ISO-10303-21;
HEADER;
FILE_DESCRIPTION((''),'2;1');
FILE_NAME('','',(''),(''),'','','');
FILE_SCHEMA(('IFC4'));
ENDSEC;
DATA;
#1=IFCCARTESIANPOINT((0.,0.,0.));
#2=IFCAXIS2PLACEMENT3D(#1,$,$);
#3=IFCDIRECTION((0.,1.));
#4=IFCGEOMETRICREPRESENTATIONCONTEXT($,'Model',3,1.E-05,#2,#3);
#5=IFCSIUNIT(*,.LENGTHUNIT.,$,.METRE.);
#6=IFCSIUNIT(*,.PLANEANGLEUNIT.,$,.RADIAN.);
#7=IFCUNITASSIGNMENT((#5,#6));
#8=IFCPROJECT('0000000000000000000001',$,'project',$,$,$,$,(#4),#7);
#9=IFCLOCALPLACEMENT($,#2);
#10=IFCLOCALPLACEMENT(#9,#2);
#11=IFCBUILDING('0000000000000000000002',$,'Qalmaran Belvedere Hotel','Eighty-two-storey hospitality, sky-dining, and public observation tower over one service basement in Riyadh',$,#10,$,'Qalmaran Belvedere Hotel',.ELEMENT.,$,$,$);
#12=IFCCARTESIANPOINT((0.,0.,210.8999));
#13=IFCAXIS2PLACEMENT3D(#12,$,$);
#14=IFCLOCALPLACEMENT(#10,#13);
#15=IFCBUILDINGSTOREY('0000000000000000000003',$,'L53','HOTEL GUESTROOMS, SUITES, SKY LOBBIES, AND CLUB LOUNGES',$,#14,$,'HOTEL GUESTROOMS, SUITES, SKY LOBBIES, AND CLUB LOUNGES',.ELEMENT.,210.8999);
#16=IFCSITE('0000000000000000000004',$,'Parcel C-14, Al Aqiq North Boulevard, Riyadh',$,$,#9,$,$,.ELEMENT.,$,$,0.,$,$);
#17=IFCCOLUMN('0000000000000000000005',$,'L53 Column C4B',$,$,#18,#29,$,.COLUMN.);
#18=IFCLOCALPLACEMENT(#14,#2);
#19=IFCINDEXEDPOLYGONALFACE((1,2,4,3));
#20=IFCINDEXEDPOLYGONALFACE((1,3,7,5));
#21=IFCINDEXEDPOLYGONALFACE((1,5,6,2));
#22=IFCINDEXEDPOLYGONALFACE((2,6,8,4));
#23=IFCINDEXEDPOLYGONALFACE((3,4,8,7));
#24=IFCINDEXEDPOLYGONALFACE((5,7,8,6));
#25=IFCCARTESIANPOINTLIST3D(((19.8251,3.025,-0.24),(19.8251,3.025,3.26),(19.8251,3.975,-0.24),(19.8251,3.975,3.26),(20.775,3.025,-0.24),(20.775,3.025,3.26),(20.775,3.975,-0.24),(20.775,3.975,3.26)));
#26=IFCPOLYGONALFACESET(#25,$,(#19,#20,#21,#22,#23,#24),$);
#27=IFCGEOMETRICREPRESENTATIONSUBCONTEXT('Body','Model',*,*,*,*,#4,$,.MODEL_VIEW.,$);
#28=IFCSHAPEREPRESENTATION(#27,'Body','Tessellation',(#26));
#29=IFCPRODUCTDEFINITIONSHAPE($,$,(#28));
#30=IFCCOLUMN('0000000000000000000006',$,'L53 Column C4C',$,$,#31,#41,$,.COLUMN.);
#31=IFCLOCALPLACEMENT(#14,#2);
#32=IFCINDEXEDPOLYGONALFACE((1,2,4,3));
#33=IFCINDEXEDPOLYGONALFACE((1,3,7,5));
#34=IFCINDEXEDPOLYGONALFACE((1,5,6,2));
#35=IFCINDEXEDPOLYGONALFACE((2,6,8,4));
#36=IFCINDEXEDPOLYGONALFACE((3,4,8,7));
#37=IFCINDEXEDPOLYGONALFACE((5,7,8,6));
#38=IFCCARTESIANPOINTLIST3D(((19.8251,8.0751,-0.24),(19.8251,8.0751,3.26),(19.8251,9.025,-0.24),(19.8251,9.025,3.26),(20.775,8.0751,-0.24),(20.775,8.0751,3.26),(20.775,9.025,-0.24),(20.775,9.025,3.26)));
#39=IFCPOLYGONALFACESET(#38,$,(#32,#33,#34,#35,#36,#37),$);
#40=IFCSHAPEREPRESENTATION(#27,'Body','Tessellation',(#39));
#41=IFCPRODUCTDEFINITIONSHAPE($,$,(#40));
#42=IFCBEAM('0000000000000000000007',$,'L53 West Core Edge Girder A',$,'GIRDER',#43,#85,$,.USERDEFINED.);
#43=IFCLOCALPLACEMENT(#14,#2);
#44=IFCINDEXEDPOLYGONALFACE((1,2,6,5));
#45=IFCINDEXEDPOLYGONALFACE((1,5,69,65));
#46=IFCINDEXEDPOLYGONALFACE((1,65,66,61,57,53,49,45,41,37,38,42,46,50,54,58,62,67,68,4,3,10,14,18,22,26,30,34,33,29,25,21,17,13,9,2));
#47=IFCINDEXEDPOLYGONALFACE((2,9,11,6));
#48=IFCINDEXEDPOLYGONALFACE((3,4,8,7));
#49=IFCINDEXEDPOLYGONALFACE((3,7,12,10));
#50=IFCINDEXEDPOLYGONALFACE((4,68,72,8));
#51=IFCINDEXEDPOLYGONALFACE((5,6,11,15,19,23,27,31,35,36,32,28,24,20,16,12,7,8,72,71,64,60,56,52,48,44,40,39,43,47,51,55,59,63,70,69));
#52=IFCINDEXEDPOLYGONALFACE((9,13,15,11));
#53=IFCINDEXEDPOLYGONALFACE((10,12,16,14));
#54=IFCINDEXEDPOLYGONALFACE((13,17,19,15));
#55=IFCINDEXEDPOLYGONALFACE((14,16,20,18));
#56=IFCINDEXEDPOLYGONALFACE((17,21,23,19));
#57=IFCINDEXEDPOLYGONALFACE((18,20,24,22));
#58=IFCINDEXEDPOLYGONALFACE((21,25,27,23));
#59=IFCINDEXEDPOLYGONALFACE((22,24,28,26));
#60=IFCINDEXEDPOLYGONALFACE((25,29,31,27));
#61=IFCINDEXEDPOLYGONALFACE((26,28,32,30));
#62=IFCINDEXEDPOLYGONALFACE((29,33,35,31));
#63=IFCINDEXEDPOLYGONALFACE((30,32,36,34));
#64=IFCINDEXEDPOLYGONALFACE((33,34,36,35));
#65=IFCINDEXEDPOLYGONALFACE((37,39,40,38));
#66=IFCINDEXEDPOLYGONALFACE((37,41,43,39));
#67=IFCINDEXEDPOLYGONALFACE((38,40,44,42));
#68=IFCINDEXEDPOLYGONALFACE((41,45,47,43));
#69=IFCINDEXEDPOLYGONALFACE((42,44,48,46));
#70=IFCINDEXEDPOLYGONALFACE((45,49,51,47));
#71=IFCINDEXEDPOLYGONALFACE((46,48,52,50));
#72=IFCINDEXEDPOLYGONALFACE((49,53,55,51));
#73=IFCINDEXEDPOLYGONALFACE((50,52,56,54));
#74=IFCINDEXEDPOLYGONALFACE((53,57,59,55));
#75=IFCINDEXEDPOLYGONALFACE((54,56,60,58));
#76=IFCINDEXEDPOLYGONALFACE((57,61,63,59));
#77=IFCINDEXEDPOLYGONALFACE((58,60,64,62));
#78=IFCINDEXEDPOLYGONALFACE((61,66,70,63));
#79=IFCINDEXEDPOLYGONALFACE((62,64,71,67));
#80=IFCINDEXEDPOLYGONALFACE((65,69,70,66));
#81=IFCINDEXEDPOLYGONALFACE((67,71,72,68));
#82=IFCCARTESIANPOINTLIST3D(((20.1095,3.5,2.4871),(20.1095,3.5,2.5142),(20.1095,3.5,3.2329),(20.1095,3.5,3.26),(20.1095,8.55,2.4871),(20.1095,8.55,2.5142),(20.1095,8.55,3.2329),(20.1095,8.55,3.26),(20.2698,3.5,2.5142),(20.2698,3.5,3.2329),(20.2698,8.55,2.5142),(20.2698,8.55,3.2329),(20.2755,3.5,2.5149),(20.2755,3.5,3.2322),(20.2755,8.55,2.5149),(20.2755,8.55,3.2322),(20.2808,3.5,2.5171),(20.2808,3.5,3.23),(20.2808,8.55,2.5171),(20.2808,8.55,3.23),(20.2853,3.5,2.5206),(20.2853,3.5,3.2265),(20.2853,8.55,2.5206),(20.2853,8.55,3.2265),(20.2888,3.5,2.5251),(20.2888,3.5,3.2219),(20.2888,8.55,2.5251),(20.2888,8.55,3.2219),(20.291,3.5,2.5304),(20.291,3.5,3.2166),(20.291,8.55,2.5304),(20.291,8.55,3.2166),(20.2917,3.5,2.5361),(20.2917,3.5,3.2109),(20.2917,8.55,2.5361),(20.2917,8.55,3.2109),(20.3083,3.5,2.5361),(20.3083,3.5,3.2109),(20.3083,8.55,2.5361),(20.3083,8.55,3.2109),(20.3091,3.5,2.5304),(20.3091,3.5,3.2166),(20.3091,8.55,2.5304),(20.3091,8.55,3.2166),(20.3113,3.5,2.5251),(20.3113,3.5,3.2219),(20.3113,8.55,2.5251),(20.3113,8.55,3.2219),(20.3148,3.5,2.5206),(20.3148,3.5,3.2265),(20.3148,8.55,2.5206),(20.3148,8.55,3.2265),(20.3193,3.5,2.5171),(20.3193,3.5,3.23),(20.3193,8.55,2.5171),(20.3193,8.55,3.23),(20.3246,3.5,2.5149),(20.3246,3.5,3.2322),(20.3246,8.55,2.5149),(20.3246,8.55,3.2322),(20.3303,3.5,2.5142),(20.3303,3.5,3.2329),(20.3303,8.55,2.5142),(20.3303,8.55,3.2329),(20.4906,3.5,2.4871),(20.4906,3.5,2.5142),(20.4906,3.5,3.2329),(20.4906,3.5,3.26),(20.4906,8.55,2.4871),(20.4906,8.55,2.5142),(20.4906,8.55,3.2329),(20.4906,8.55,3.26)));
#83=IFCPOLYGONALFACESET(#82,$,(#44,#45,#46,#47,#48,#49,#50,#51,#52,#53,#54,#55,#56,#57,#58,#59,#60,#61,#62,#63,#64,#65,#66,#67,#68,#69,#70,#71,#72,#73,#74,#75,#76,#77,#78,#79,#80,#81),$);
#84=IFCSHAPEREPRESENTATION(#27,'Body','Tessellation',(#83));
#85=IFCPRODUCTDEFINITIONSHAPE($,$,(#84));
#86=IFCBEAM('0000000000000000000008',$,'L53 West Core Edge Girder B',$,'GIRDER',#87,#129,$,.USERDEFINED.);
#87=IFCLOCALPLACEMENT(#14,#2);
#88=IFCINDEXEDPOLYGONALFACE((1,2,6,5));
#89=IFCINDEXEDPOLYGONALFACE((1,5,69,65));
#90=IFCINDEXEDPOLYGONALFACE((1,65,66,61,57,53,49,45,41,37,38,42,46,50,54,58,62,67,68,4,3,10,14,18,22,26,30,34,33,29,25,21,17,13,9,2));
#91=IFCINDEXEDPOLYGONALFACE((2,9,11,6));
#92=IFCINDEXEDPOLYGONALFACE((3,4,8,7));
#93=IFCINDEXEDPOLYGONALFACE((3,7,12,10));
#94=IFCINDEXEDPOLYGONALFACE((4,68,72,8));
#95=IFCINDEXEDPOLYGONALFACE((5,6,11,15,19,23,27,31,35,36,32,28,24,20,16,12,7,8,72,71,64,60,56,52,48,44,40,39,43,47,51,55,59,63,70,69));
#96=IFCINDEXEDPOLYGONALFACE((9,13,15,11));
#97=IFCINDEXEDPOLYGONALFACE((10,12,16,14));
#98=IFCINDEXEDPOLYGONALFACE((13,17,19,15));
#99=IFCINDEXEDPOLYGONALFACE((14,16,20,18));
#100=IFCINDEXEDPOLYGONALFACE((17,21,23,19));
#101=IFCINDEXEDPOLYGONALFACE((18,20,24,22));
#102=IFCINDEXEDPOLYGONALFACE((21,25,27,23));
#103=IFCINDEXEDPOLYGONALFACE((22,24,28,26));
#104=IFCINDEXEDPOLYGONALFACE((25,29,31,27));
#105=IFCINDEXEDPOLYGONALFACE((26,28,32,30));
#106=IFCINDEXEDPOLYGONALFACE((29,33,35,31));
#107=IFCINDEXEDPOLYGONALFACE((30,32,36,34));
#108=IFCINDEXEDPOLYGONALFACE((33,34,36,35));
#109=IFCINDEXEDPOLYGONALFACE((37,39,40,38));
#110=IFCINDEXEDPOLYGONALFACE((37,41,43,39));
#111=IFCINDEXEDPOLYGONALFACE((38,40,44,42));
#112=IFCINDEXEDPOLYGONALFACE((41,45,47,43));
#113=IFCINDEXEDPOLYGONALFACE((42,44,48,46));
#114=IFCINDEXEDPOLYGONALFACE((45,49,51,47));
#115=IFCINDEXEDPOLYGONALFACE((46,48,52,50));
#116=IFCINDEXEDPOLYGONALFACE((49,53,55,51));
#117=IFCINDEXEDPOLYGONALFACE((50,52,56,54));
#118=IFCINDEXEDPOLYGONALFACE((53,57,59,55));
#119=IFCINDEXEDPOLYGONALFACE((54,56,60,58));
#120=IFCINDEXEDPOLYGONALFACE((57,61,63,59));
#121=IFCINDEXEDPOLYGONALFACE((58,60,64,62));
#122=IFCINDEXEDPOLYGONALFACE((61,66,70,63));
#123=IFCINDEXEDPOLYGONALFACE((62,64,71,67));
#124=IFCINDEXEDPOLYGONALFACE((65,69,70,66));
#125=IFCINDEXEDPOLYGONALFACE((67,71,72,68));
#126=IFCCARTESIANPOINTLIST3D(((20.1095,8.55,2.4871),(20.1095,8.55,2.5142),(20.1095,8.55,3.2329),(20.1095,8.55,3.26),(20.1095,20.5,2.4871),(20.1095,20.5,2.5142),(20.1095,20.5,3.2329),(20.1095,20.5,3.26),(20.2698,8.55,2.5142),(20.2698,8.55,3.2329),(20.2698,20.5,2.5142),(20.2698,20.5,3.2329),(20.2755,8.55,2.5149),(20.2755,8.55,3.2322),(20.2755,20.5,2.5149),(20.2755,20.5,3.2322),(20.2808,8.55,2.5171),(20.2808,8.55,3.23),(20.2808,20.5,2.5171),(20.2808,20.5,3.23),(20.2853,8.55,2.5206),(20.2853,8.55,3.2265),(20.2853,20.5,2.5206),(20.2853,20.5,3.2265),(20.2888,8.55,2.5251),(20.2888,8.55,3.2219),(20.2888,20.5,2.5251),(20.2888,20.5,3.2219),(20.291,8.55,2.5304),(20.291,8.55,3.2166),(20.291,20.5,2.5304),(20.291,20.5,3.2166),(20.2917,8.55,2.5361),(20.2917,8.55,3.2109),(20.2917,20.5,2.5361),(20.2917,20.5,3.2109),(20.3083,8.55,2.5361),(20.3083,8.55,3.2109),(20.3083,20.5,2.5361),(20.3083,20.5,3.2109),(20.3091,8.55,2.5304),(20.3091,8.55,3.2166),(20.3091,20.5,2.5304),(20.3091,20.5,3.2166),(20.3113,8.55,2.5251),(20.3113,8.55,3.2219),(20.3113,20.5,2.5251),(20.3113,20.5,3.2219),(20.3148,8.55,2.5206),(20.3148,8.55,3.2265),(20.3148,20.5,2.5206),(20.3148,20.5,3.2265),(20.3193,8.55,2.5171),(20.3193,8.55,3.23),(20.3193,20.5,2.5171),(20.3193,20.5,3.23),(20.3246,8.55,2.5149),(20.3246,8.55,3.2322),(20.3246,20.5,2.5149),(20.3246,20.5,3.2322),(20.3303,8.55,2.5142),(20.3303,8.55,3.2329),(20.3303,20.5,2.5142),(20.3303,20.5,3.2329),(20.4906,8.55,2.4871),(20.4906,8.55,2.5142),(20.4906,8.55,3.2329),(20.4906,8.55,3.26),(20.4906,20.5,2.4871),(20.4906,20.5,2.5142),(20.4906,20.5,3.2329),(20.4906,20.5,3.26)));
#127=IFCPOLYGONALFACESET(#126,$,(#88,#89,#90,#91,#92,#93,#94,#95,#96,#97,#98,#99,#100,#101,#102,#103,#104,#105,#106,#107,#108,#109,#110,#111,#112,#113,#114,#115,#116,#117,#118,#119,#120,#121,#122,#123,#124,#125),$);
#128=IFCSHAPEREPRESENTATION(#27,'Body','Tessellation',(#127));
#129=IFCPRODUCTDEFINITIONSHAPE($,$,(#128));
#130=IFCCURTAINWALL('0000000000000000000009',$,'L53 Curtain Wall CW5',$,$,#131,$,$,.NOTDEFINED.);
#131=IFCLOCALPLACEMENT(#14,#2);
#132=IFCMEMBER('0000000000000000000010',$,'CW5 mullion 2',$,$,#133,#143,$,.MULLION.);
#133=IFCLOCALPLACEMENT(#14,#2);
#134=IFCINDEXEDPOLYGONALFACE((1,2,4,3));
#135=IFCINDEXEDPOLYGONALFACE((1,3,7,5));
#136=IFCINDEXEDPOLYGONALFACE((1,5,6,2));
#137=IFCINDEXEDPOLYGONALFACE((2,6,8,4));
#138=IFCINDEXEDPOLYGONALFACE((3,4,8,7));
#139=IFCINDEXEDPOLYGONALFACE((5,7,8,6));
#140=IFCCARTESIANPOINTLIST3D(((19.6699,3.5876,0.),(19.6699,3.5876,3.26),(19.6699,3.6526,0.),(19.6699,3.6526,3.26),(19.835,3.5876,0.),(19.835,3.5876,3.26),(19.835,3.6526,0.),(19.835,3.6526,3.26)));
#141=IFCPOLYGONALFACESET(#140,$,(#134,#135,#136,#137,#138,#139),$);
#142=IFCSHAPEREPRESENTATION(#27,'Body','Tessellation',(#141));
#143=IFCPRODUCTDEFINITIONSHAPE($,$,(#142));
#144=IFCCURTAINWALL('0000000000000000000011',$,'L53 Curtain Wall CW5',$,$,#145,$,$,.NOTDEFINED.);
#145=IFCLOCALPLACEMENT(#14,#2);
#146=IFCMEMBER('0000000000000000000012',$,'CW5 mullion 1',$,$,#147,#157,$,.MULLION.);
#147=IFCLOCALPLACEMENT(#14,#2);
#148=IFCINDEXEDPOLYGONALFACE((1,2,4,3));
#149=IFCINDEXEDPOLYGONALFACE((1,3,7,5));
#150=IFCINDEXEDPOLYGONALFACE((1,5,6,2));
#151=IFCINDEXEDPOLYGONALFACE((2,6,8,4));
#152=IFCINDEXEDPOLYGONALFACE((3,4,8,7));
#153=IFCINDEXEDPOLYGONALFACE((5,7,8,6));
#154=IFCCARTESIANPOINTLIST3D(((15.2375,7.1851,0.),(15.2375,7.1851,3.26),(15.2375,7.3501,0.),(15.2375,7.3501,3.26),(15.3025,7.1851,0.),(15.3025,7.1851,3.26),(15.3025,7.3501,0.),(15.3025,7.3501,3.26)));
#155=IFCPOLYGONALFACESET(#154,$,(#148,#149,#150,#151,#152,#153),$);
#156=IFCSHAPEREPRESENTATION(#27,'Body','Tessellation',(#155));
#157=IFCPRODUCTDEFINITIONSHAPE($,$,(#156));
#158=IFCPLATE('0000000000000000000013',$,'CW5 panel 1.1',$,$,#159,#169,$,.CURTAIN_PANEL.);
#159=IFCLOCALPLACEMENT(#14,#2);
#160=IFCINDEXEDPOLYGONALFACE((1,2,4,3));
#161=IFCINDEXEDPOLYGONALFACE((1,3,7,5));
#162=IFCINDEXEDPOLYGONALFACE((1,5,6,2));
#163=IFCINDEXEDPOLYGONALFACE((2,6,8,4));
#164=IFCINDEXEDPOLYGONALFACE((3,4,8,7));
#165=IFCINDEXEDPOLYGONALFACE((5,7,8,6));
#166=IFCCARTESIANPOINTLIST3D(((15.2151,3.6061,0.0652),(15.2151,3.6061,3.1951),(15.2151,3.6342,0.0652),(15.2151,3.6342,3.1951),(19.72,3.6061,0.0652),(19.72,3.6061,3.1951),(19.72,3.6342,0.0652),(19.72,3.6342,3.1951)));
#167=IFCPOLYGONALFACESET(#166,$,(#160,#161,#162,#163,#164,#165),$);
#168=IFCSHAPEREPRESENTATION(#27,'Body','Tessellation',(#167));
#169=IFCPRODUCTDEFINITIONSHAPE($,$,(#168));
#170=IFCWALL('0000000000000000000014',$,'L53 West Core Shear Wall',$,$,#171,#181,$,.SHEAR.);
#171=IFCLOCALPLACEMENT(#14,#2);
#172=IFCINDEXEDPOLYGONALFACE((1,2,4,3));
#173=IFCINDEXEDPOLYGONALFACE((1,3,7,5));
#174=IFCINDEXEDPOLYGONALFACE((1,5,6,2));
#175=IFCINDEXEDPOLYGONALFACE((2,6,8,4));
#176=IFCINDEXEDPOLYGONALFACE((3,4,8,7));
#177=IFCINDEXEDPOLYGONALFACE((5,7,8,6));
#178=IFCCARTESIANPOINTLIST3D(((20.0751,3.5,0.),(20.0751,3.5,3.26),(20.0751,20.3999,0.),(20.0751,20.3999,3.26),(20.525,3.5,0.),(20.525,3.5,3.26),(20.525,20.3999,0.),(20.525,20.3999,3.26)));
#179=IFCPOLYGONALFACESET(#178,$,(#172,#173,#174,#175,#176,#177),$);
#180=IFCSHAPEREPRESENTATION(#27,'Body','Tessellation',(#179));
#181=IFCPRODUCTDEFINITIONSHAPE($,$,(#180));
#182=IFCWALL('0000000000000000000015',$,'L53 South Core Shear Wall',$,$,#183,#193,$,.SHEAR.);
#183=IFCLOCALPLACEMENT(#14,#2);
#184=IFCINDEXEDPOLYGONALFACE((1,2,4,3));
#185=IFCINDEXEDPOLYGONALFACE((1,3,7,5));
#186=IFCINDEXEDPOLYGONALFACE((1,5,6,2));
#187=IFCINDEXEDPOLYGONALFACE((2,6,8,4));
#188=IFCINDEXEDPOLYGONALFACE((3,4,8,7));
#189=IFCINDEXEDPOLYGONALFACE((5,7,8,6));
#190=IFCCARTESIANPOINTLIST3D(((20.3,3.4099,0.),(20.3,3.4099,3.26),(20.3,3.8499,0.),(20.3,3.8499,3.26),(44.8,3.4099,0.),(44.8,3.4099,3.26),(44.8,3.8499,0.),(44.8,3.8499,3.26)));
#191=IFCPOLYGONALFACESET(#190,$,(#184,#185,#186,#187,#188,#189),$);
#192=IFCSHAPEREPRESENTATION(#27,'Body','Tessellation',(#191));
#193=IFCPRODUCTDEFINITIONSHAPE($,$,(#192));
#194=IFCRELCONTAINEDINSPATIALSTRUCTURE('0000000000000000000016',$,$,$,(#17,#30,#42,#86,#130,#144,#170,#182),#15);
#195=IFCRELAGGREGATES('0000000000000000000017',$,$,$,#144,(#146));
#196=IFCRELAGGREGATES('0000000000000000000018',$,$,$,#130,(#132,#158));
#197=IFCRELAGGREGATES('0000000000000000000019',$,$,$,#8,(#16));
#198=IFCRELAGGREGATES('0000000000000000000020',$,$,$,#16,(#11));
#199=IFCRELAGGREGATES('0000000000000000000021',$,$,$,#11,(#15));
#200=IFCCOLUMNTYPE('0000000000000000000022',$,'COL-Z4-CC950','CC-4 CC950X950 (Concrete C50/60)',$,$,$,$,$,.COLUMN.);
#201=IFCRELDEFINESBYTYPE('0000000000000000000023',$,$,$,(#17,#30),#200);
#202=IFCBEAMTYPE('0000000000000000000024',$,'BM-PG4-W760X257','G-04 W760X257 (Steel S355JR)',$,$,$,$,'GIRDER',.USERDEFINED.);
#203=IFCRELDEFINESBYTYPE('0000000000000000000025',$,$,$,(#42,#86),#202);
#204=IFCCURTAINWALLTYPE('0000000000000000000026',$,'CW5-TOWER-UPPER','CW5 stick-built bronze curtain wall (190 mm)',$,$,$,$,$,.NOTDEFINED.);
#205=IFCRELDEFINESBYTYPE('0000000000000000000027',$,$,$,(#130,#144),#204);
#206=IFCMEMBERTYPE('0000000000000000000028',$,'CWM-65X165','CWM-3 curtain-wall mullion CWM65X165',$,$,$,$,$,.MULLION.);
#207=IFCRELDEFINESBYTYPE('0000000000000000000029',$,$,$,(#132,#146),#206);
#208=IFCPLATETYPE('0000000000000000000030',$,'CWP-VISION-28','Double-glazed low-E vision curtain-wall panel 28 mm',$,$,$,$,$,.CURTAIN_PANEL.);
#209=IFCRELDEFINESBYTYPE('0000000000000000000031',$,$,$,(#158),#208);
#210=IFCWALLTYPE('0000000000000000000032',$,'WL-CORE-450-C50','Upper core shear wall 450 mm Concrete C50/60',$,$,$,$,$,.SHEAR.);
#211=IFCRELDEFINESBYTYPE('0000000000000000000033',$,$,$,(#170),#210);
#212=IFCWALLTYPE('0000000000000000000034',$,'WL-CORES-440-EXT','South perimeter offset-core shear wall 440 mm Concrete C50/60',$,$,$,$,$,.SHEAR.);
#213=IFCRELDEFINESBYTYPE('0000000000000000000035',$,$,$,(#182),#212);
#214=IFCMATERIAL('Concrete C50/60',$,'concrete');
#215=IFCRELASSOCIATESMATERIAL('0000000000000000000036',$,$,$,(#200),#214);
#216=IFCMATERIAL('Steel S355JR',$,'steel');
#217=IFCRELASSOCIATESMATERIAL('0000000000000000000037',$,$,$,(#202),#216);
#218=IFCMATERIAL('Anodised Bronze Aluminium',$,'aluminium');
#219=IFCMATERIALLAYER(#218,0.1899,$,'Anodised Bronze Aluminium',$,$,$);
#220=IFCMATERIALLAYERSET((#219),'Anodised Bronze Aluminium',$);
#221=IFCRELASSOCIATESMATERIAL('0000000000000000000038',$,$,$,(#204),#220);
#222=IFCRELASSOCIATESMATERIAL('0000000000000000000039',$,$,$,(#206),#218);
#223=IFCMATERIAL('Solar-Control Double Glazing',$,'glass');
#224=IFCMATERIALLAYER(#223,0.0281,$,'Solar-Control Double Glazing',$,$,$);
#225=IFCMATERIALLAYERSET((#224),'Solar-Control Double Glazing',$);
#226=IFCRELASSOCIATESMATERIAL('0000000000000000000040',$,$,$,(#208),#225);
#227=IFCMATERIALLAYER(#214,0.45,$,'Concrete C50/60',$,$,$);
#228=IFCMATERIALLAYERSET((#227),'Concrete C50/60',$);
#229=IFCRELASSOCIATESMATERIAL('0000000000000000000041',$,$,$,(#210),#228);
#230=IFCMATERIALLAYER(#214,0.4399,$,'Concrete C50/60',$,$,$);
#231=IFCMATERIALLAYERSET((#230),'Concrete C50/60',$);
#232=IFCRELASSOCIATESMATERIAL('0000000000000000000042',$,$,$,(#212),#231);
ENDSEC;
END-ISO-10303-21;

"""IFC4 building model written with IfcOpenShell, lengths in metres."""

from ifc_helpers import new_model, si_unit, direction, frame, frame_2d, origin, origin_2d, place, context, subcontext, project, spatial, rectangle, i_section, extrude, material, layer, layer_set, material_profile, profile_set, type_object, element, aggregate, save


model = new_model("IFC4")

# Units and contexts
model_context = context("Model", 3, precision=1e-05, world=origin(), true_north=direction((0.0, 1.0)))
body_context = subcontext(model_context, "Body", "Model", "MODEL_VIEW")
ifc_project = project(units=[si_unit("LENGTHUNIT", "METRE"), si_unit("PLANEANGLEUNIT", "RADIAN")], contexts=[model_context])

# Site, building, storey
site_placement = place(None, origin())
site = spatial("IfcSite", under=ifc_project, at=site_placement, Name="Parcel C-14, Al Aqiq North Boulevard, Riyadh", CompositionType="ELEMENT", RefElevation=0.0)
building_placement = place(site_placement, origin())
building = spatial("IfcBuilding", under=site, at=building_placement, Name="Qalmaran Belvedere Hotel", Description="Eighty-two-storey hospitality, sky-dining, and public observation tower over one service basement in Riyadh", LongName="Qalmaran Belvedere Hotel", CompositionType="ELEMENT")
storey_placement = place(building_placement, frame((0.0, 0.0, 210.8999)))
storey = spatial("IfcBuildingStorey", under=building, at=storey_placement, Name="L53", Description="HOTEL GUESTROOMS, SUITES, SKY LOBBIES, AND CLUB LOUNGES", LongName="HOTEL GUESTROOMS, SUITES, SKY LOBBIES, AND CLUB LOUNGES", CompositionType="ELEMENT", Elevation=210.8999)

# Columns
ifc_material_1 = material(Name="Concrete C50/60", Category="concrete")
ifc_material_profile_1 = material_profile(ifc_material_1, rectangle(XDim=0.95, YDim=0.95, at=origin_2d()), Name="CC950X950")
ifc_profile_set_1 = profile_set([ifc_material_profile_1], Name="Concrete C50/60")
column_type = type_object("IfcColumnType", Name="COL-Z4-CC950", Description="CC-4 CC950X950 (Concrete C50/60)", PredefinedType="COLUMN", material=ifc_profile_set_1)
for number, where, z_axis, x_axis, name in (
    (1, (20.3, 3.5, -0.24), (0.0, 0.0, 1.0), (1.0, 0.0, 0.0), "L53 Column C4B"),
    (2, (20.3, 8.55, -0.24), (0.0, 0.0, 1.0), (1.0, 0.0, 0.0), "L53 Column C4C"),
):
    element("IfcColumn", number, at=place(storey_placement, frame(where, z_axis=z_axis, x_axis=x_axis)), inside=storey, type_object=column_type, Name=name, PredefinedType="COLUMN", context=body_context, shape_type="SweptSolid", body=[
        extrude(rectangle(XDim=0.95, YDim=0.95, at=origin_2d()), origin(), (0.0, 0.0, 1.0), 3.5),
    ])

# Beams
ifc_material_2 = material(Name="Steel S355JR", Category="steel")
ifc_material_profile_2 = material_profile(ifc_material_2, i_section(OverallWidth=0.3811, OverallDepth=0.7729, WebThickness=0.0166, FlangeThickness=0.0271, FilletRadius=0.022, at=origin_2d()), Name="W760X257")
ifc_profile_set_2 = profile_set([ifc_material_profile_2], Name="Steel S355JR")
beam_type = type_object("IfcBeamType", Name="BM-PG4-W760X257", Description="G-04 W760X257 (Steel S355JR)", ElementType="GIRDER", PredefinedType="USERDEFINED", material=ifc_profile_set_2)
beam_1_placement = place(storey_placement, frame((20.3, 3.5, 2.8735), z_axis=(0.0, 1.0, 0.0), x_axis=(-1.0, 0.0, 0.0)))
element("IfcBeam", 3, at=beam_1_placement, inside=storey, type_object=beam_type, Name="L53 West Core Edge Girder A", ObjectType="GIRDER", PredefinedType="USERDEFINED", context=body_context, shape_type="SweptSolid", body=[
    extrude(i_section(OverallWidth=0.3811, OverallDepth=0.7729, WebThickness=0.0166, FlangeThickness=0.0271, FilletRadius=0.022, at=origin_2d()), origin(), (0.0, 0.0, 1.0), 5.05),
])
beam_2_placement = place(storey_placement, frame((20.3, 8.55, 2.8735), z_axis=(0.0, 1.0, 0.0), x_axis=(-1.0, 0.0, 0.0)))
element("IfcBeam", 4, at=beam_2_placement, inside=storey, type_object=beam_type, Name="L53 West Core Edge Girder B", ObjectType="GIRDER", PredefinedType="USERDEFINED", context=body_context, shape_type="SweptSolid", body=[
    extrude(i_section(OverallWidth=0.3811, OverallDepth=0.7729, WebThickness=0.0166, FlangeThickness=0.0271, FilletRadius=0.022, at=origin_2d()), origin(), (0.0, 0.0, 1.0), 11.95),
])

# Curtain walls, members
ifc_material_3 = material(Name="Anodised Bronze Aluminium", Category="aluminium")
ifc_layer_1 = layer(ifc_material_3, 0.1899, Name="Anodised Bronze Aluminium")
ifc_layer_set_1 = layer_set([ifc_layer_1], Name="Anodised Bronze Aluminium")
curtain_wall_type = type_object("IfcCurtainWallType", Name="CW5-TOWER-UPPER", Description="CW5 stick-built bronze curtain wall (190 mm)", PredefinedType="NOTDEFINED", material=ifc_layer_set_1)
curtain_wall_1_placement = place(storey_placement, origin())
curtain_wall_1 = element("IfcCurtainWall", 5, at=curtain_wall_1_placement, inside=storey, type_object=curtain_wall_type, Name="L53 Curtain Wall CW5", PredefinedType="NOTDEFINED")
ifc_material_profile_3 = material_profile(ifc_material_3, rectangle(XDim=0.0649, YDim=0.165, at=origin_2d()), Name="CWM65X165")
ifc_profile_set_3 = profile_set([ifc_material_profile_3], Name="Anodised Bronze Aluminium")
member_type = type_object("IfcMemberType", Name="CWM-65X165", Description="CWM-3 curtain-wall mullion CWM65X165", PredefinedType="MULLION", material=ifc_profile_set_3)
member_1_placement = place(storey_placement, frame((19.7524, 3.6201, 0.0), z_axis=(0.0, 0.0, 1.0), x_axis=(0.0, 1.0, 0.0)))
member_1 = element("IfcMember", 6, at=member_1_placement, type_object=member_type, Name="CW5 mullion 2", PredefinedType="MULLION", context=body_context, shape_type="SweptSolid", body=[
    extrude(rectangle(XDim=0.0649, YDim=0.165, at=origin_2d()), origin(), (0.0, 0.0, 1.0), 3.26),
])
curtain_wall_2_placement = place(storey_placement, origin())
curtain_wall_2 = element("IfcCurtainWall", 7, at=curtain_wall_2_placement, inside=storey, type_object=curtain_wall_type, Name="L53 Curtain Wall CW5", PredefinedType="NOTDEFINED")
member_2_placement = place(storey_placement, frame((15.27, 7.2676, 0.0), z_axis=(0.0, 0.0, 1.0), x_axis=(1.0, 0.0, 0.0)))
member_2 = element("IfcMember", 8, at=member_2_placement, type_object=member_type, Name="CW5 mullion 1", PredefinedType="MULLION", context=body_context, shape_type="SweptSolid", body=[
    extrude(rectangle(XDim=0.0649, YDim=0.165, at=origin_2d()), origin(), (0.0, 0.0, 1.0), 3.26),
])
aggregate(curtain_wall_2, [member_2])

# Plate
ifc_material_4 = material(Name="Solar-Control Double Glazing", Category="glass")
ifc_layer_2 = layer(ifc_material_4, 0.0281, Name="Solar-Control Double Glazing")
ifc_layer_set_2 = layer_set([ifc_layer_2], Name="Solar-Control Double Glazing")
plate_type = type_object("IfcPlateType", Name="CWP-VISION-28", Description="Double-glazed low-E vision curtain-wall panel 28 mm", PredefinedType="CURTAIN_PANEL", material=ifc_layer_set_2)
plate_placement = place(storey_placement, frame((17.4675, 3.6201, 0.0652), z_axis=(0.0, 0.0, 1.0), x_axis=(1.0, 0.0, 0.0)))
plate = element("IfcPlate", 9, at=plate_placement, type_object=plate_type, Name="CW5 panel 1.1", PredefinedType="CURTAIN_PANEL", context=body_context, shape_type="SweptSolid", body=[
    extrude(rectangle(XDim=4.5049, YDim=0.0281, at=origin_2d()), origin(), (0.0, 0.0, 1.0), 3.1299),
])
aggregate(curtain_wall_1, [member_1, plate])

# Walls
ifc_layer_3 = layer(ifc_material_1, 0.45, Name="Concrete C50/60")
ifc_layer_set_3 = layer_set([ifc_layer_3], Name="Concrete C50/60")
wall_type_1 = type_object("IfcWallType", Name="WL-CORE-450-C50", Description="Upper core shear wall 450 mm Concrete C50/60", PredefinedType="SHEAR", material=ifc_layer_set_3)
wall_1_placement = place(storey_placement, frame((20.3, 3.5, 0.0), z_axis=(0.0, 0.0, 1.0), x_axis=(0.0, 1.0, 0.0)))
element("IfcWall", 10, at=wall_1_placement, inside=storey, type_object=wall_type_1, Name="L53 West Core Shear Wall", PredefinedType="SHEAR", context=body_context, shape_type="SweptSolid", body=[
    extrude(rectangle(XDim=16.8999, YDim=0.45, at=frame_2d((8.45, 0.0))), origin(), (0.0, 0.0, 1.0), 3.26),
])
ifc_layer_4 = layer(ifc_material_1, 0.4399, Name="Concrete C50/60")
ifc_layer_set_4 = layer_set([ifc_layer_4], Name="Concrete C50/60")
wall_type_2 = type_object("IfcWallType", Name="WL-CORES-440-EXT", Description="South perimeter offset-core shear wall 440 mm Concrete C50/60", PredefinedType="SHEAR", material=ifc_layer_set_4)
wall_2_placement = place(storey_placement, frame((20.3, 3.6299, 0.0), z_axis=(0.0, 0.0, 1.0), x_axis=(1.0, 0.0, 0.0)))
element("IfcWall", 11, at=wall_2_placement, inside=storey, type_object=wall_type_2, Name="L53 South Core Shear Wall", PredefinedType="SHEAR", context=body_context, shape_type="SweptSolid", body=[
    extrude(rectangle(XDim=24.5, YDim=0.4399, at=frame_2d((12.25, 0.0))), origin(), (0.0, 0.0, 1.0), 3.26),
])

save(model, "model.ifc")
